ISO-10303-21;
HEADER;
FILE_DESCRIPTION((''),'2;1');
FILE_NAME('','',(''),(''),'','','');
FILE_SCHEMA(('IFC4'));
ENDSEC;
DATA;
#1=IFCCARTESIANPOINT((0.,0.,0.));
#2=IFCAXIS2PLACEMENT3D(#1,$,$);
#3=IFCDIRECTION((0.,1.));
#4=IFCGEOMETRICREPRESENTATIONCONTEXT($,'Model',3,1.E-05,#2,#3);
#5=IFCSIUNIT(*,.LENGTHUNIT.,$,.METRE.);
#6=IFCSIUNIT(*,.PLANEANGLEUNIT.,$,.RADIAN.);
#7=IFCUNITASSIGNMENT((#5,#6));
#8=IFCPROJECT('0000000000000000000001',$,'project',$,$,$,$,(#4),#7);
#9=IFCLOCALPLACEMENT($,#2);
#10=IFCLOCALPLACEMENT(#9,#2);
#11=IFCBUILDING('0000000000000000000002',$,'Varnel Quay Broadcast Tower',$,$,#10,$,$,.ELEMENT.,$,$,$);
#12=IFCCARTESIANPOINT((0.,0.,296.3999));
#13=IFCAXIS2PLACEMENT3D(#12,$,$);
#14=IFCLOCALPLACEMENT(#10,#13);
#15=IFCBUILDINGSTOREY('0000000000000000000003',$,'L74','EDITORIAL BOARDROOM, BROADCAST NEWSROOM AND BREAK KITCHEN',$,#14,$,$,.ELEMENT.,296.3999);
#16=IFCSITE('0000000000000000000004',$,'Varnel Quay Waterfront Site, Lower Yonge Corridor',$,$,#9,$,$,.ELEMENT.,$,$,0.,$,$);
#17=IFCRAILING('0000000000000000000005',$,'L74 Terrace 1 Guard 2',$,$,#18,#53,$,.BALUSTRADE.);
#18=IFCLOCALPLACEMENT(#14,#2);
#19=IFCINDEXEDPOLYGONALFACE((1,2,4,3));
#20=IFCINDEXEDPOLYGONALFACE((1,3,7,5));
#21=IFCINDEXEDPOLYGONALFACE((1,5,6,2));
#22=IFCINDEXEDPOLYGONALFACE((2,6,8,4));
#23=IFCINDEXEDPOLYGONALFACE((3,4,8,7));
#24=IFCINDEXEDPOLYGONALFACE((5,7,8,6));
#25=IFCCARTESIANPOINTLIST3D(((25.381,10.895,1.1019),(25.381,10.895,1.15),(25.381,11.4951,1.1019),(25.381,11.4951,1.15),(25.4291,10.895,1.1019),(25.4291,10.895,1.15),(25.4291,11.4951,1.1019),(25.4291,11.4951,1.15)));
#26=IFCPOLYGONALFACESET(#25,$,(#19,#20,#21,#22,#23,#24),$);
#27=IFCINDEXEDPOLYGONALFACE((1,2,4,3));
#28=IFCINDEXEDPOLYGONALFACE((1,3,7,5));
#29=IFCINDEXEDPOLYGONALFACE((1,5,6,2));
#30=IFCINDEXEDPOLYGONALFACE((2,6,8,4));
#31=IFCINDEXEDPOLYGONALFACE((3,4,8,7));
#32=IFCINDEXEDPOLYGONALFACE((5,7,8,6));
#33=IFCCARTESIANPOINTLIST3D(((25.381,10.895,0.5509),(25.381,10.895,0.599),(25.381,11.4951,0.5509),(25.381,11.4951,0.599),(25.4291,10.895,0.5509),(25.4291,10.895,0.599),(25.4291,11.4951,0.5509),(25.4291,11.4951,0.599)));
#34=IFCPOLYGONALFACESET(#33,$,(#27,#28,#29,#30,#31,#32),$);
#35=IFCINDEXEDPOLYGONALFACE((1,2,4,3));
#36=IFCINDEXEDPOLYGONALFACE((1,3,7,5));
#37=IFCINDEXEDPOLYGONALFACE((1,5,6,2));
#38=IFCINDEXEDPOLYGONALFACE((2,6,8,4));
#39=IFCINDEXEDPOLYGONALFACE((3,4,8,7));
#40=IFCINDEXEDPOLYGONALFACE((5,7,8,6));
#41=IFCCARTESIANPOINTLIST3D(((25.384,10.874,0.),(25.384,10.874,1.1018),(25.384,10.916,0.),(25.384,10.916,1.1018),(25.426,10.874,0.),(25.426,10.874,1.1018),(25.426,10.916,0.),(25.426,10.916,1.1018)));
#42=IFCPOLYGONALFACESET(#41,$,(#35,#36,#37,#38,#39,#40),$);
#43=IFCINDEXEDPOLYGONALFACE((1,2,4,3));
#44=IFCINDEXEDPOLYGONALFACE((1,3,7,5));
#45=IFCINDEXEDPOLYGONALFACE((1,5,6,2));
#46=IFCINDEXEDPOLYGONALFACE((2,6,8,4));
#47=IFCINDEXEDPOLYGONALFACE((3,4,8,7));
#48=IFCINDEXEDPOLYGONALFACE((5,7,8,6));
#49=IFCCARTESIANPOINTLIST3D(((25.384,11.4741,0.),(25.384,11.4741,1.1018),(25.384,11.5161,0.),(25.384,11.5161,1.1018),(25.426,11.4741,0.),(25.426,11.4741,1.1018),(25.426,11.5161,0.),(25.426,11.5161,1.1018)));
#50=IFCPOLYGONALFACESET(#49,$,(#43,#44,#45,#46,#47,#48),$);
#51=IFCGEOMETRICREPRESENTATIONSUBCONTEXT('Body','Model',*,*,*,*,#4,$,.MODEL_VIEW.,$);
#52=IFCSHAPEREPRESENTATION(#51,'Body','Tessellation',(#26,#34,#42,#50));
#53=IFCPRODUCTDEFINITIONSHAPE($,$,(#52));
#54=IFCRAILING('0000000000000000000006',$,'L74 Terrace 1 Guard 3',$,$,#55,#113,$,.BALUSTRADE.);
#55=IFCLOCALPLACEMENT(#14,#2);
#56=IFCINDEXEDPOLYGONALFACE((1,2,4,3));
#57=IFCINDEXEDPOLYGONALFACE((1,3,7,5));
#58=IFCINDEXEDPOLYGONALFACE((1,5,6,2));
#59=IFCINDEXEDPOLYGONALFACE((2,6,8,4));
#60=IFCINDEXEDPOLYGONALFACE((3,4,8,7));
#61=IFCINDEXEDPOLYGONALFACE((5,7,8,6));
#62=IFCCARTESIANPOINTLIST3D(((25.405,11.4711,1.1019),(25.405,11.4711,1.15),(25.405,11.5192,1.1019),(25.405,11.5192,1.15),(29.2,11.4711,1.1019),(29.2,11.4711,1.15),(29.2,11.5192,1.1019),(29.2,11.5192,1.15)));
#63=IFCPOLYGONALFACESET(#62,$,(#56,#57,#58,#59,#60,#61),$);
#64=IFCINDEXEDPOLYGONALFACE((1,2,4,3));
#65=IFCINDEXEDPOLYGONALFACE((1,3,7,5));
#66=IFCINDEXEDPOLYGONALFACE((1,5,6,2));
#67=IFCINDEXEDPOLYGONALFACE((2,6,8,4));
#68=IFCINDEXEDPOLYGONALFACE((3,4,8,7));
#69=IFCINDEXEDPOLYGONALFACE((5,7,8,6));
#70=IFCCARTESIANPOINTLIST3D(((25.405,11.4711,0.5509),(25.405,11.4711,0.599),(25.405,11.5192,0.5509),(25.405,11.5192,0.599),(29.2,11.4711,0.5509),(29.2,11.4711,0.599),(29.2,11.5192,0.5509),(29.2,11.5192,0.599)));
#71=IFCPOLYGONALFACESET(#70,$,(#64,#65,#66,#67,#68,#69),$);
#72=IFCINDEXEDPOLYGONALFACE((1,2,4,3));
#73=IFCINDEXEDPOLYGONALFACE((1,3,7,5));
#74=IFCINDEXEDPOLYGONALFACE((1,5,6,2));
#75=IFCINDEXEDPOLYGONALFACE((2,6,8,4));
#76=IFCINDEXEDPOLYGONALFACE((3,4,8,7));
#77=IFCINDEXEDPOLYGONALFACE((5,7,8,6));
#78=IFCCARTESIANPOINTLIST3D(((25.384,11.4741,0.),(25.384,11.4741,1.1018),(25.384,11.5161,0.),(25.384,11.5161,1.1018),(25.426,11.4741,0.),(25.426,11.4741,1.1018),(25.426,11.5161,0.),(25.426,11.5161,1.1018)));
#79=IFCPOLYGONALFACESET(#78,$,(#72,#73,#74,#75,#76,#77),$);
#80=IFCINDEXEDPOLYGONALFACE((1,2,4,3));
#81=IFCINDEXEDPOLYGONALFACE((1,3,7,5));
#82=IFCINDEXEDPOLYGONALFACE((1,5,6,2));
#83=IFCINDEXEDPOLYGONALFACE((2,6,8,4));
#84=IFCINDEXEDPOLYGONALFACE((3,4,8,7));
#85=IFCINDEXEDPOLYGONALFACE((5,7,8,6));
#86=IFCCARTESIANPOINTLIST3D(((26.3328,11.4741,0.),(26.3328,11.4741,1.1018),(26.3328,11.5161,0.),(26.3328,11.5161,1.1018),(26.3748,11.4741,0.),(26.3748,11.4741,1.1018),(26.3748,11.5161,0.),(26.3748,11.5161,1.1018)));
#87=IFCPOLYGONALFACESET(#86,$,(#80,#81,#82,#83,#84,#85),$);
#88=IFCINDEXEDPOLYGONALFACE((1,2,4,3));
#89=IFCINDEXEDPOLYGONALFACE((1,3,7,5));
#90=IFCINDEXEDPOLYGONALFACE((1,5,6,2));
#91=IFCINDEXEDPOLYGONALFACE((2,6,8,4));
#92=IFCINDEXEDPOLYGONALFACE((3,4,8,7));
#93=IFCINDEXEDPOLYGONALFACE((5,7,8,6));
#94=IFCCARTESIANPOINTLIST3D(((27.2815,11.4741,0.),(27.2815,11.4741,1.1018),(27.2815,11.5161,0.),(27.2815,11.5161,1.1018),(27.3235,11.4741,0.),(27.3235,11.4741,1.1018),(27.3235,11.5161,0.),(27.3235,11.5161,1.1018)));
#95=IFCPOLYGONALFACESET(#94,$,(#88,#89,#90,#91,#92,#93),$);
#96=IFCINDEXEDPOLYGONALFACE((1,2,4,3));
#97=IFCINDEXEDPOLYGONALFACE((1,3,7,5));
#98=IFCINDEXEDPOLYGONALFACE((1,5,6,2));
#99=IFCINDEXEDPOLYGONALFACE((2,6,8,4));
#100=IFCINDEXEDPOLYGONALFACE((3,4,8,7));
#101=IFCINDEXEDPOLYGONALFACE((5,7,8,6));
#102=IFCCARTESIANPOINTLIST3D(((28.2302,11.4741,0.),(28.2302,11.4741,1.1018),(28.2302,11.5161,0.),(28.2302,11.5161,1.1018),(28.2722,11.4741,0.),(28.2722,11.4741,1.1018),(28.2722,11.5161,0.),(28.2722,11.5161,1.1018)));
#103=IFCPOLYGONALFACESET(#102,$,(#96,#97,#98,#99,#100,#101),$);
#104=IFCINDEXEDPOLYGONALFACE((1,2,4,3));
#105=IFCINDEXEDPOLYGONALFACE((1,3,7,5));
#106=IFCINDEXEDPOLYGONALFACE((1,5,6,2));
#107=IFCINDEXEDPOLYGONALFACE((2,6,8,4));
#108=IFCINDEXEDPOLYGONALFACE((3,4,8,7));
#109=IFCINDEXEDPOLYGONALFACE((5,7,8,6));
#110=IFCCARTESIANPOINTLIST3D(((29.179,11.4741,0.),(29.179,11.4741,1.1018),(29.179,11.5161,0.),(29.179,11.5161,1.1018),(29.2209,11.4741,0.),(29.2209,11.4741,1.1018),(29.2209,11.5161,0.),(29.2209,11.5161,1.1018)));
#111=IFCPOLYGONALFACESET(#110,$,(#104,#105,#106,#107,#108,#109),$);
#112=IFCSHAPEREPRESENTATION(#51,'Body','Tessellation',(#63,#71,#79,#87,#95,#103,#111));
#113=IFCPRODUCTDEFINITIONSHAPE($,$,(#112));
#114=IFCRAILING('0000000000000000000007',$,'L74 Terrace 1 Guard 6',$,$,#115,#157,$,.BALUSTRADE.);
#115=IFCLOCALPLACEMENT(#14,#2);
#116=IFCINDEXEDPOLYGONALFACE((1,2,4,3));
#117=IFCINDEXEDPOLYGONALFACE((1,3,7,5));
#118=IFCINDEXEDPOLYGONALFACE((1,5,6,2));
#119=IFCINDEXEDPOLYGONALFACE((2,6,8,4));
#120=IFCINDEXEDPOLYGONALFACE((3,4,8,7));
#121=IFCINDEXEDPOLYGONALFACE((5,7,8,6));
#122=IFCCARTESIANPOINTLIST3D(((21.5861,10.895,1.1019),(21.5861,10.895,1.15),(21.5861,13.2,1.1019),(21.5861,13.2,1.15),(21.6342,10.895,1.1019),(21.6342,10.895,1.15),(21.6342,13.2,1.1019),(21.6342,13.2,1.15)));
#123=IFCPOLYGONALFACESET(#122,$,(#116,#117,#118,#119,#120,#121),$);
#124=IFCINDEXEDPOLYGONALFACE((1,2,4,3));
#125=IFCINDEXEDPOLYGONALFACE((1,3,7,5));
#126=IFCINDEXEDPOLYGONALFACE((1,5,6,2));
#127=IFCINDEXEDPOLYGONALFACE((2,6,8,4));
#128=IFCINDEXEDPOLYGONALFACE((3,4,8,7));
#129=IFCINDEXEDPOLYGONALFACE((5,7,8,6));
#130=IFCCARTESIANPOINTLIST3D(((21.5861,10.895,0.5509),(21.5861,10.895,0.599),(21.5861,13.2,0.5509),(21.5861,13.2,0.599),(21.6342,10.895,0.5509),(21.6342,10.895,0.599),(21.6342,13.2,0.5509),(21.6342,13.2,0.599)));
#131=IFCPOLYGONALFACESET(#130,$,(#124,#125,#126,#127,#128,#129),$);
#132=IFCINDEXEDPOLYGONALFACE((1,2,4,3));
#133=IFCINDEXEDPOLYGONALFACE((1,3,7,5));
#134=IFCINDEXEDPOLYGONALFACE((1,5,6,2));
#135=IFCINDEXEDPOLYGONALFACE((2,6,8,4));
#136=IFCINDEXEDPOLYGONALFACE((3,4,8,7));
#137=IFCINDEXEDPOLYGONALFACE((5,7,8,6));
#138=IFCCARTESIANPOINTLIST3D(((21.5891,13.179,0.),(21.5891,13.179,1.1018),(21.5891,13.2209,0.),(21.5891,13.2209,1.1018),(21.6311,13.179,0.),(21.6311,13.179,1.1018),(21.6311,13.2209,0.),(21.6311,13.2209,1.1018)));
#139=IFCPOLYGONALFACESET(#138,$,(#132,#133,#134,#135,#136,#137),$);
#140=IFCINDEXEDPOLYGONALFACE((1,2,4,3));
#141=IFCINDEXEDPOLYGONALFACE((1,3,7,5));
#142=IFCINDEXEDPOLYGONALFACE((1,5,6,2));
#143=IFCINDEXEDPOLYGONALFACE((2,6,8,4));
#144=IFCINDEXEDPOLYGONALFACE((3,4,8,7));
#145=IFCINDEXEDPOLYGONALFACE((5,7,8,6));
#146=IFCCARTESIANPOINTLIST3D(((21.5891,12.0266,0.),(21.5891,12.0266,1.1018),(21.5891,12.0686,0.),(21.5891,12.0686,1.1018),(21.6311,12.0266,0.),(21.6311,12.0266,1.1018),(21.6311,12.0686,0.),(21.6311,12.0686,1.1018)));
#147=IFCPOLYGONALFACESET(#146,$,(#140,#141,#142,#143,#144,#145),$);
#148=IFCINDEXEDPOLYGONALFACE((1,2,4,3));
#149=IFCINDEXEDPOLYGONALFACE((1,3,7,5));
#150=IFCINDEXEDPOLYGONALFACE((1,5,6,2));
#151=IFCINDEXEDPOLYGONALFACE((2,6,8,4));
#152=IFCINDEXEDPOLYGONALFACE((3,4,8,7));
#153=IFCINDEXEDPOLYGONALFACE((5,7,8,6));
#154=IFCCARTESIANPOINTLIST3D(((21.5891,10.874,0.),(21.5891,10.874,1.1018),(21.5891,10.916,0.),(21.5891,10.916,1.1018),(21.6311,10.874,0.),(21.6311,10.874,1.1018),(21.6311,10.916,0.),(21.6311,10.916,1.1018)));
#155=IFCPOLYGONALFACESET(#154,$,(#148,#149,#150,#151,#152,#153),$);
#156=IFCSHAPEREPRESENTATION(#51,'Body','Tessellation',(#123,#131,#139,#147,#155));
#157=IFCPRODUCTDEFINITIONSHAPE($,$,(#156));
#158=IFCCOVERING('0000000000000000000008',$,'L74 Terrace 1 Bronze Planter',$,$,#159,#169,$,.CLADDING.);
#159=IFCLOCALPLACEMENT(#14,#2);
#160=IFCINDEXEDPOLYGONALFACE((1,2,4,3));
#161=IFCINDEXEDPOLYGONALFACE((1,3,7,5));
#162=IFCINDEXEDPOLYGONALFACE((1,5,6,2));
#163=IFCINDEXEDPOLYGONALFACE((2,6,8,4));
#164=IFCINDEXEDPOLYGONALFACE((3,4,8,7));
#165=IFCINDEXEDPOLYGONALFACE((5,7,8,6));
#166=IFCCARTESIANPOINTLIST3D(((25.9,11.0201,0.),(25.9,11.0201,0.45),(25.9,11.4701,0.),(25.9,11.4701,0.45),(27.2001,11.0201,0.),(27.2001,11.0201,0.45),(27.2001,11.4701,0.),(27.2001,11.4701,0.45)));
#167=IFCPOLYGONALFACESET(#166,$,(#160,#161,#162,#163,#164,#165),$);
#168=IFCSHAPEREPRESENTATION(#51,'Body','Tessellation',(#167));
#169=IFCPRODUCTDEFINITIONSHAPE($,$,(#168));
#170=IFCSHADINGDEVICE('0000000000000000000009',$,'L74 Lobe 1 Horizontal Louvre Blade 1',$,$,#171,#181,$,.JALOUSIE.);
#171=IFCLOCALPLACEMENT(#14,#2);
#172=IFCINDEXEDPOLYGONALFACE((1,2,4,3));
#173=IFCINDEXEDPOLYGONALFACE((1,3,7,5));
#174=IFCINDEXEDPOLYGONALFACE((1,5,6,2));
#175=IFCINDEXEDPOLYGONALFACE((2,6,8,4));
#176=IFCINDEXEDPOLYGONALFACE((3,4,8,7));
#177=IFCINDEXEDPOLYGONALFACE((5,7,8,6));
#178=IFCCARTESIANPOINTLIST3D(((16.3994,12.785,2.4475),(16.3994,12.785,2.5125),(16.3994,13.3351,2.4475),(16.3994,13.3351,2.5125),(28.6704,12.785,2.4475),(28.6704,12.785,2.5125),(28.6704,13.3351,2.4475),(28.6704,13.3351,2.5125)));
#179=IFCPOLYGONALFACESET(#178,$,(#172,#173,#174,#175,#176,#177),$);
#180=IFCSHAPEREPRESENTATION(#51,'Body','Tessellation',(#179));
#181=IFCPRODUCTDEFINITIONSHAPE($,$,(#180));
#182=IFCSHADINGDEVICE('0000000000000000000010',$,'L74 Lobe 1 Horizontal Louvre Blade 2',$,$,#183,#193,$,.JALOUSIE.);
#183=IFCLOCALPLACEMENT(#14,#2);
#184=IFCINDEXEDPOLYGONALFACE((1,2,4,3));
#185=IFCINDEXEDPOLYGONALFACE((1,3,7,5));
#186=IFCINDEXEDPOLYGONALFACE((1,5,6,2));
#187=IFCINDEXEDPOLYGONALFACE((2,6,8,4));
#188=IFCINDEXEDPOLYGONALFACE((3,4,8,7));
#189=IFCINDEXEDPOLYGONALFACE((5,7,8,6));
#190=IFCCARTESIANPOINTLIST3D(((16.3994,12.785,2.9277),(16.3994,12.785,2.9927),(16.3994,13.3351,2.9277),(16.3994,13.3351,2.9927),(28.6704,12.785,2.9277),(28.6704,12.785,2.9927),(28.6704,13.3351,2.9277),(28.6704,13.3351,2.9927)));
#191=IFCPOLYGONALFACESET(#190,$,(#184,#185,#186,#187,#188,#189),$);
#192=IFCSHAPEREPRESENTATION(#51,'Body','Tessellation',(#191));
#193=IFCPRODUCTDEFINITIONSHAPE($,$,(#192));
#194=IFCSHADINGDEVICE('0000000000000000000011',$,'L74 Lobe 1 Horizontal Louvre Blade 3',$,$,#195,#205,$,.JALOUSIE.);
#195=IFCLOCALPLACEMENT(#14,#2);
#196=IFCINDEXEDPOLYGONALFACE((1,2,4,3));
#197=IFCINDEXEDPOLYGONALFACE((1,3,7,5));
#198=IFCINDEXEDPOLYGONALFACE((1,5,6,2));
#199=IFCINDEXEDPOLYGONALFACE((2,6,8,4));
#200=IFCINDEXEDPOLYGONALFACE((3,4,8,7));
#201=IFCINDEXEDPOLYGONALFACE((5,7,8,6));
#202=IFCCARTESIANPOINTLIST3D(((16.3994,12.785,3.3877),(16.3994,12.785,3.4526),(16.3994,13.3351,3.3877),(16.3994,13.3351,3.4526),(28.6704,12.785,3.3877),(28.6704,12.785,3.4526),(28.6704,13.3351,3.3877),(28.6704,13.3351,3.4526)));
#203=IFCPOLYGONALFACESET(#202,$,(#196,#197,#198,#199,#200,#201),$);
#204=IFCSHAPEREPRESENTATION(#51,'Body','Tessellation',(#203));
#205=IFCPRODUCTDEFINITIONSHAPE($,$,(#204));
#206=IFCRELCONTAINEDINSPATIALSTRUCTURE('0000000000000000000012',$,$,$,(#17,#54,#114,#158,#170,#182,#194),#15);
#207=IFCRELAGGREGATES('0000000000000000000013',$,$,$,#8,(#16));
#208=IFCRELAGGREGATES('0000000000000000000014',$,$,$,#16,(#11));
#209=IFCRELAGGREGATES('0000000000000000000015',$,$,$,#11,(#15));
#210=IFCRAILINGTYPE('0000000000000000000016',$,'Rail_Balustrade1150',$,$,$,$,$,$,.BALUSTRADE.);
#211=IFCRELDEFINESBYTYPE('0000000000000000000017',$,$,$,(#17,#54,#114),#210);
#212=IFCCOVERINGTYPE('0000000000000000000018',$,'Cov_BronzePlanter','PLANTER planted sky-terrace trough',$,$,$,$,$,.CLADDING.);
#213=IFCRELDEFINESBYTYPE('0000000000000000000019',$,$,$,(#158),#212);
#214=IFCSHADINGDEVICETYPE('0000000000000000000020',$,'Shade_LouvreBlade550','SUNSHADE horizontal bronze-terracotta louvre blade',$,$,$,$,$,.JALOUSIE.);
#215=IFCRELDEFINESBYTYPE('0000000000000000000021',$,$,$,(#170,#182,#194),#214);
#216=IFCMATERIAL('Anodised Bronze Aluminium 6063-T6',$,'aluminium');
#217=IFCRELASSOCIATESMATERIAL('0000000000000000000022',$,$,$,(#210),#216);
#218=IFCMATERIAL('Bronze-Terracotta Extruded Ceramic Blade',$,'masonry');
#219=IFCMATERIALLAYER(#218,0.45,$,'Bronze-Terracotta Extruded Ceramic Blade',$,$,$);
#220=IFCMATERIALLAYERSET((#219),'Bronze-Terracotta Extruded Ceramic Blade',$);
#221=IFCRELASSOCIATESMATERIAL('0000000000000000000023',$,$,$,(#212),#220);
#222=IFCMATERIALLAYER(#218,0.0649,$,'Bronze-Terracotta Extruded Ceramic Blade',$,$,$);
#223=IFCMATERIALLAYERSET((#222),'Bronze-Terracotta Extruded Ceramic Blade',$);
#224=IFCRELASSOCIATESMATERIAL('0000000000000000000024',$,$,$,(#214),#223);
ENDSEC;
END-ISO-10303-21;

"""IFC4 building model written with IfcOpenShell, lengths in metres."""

from ifc_helpers import new_model, si_unit, direction, frame, origin, origin_2d, place, context, subcontext, project, spatial, rectangle, extrude, source, transform, mapped, material, layer, layer_set, type_object, type_shapes, element, save


model = new_model("IFC4")

# Units and contexts
model_context = context("Model", 3, precision=1e-05, world=origin(), true_north=direction((0.0, 1.0)))
body_context = subcontext(model_context, "Body", "Model", "MODEL_VIEW")
ifc_project = project(units=[si_unit("LENGTHUNIT", "METRE"), si_unit("PLANEANGLEUNIT", "RADIAN")], contexts=[model_context])

# Site, building, storey
site_placement = place(None, origin())
site = spatial("IfcSite", under=ifc_project, at=site_placement, Name="Varnel Quay Waterfront Site, Lower Yonge Corridor", CompositionType="ELEMENT", RefElevation=0.0)
building_placement = place(site_placement, origin())
building = spatial("IfcBuilding", under=site, at=building_placement, Name="Varnel Quay Broadcast Tower", CompositionType="ELEMENT")
storey_placement = place(building_placement, frame((0.0, 0.0, 296.3999)))
storey = spatial("IfcBuildingStorey", under=building, at=storey_placement, Name="L74", Description="EDITORIAL BOARDROOM, BROADCAST NEWSROOM AND BREAK KITCHEN", CompositionType="ELEMENT", Elevation=296.3999)

# Shared definitions
ifc_material_1 = material(Name="Anodised Bronze Aluminium 6063-T6", Category="aluminium")

# Railings
railing_type = type_object("IfcRailingType", Name="Rail_Balustrade1150", PredefinedType="BALUSTRADE", material=ifc_material_1)
railing_1_placement = place(storey_placement, frame((25.405, 10.895, 0.0)))
element("IfcRailing", 1, at=railing_1_placement, inside=storey, type_object=railing_type, Name="L74 Terrace 1 Guard 2", PredefinedType="BALUSTRADE", context=body_context, shape_type="SweptSolid", body=[
    extrude(rectangle(XDim=0.0481, YDim=0.0481, at=origin_2d()), frame((0.0, 0.0, 1.126), z_axis=(0.0, 1.0, 0.0), x_axis=(-1.0, 0.0, 0.0)), (0.0, 0.0, 1.0), 0.6001),
    extrude(rectangle(XDim=0.0481, YDim=0.0481, at=origin_2d()), frame((0.0, 0.0, 0.575), z_axis=(0.0, 1.0, 0.0), x_axis=(-1.0, 0.0, 0.0)), (0.0, 0.0, 1.0), 0.6001),
    extrude(rectangle(XDim=0.042, YDim=0.042, at=origin_2d()), origin(), (0.0, 0.0, 1.0), 1.1018),
    extrude(rectangle(XDim=0.042, YDim=0.042, at=origin_2d()), frame((0.0, 0.6001, 0.0)), (0.0, 0.0, 1.0), 1.1018),
])
railing_2_placement = place(storey_placement, frame((25.405, 11.4951, 0.0)))
element("IfcRailing", 2, at=railing_2_placement, inside=storey, type_object=railing_type, Name="L74 Terrace 1 Guard 3", PredefinedType="BALUSTRADE", context=body_context, shape_type="SweptSolid", body=[
    extrude(rectangle(XDim=0.0481, YDim=0.0481, at=origin_2d()), frame((0.0, 0.0, 1.126), z_axis=(1.0, 0.0, 0.0), x_axis=(0.0, 1.0, 0.0)), (0.0, 0.0, 1.0), 3.7949),
    extrude(rectangle(XDim=0.0481, YDim=0.0481, at=origin_2d()), frame((0.0, 0.0, 0.575), z_axis=(1.0, 0.0, 0.0), x_axis=(0.0, 1.0, 0.0)), (0.0, 0.0, 1.0), 3.7949),
    extrude(rectangle(XDim=0.042, YDim=0.042, at=origin_2d()), origin(), (0.0, 0.0, 1.0), 1.1018),
    extrude(rectangle(XDim=0.042, YDim=0.042, at=origin_2d()), frame((0.9487, 0.0, 0.0)), (0.0, 0.0, 1.0), 1.1018),
    extrude(rectangle(XDim=0.042, YDim=0.042, at=origin_2d()), frame((1.8975, 0.0, 0.0)), (0.0, 0.0, 1.0), 1.1018),
    extrude(rectangle(XDim=0.042, YDim=0.042, at=origin_2d()), frame((2.8462, 0.0, 0.0)), (0.0, 0.0, 1.0), 1.1018),
    extrude(rectangle(XDim=0.042, YDim=0.042, at=origin_2d()), frame((3.7949, 0.0, 0.0)), (0.0, 0.0, 1.0), 1.1018),
])
railing_3_placement = place(storey_placement, frame((21.6101, 13.2, 0.0)))
element("IfcRailing", 3, at=railing_3_placement, inside=storey, type_object=railing_type, Name="L74 Terrace 1 Guard 6", PredefinedType="BALUSTRADE", context=body_context, shape_type="SweptSolid", body=[
    extrude(rectangle(XDim=0.0481, YDim=0.0481, at=origin_2d()), frame((0.0, 0.0, 1.126), z_axis=(0.0, -1.0, 0.0), x_axis=(1.0, 0.0, 0.0)), (0.0, 0.0, 1.0), 2.3049),
    extrude(rectangle(XDim=0.0481, YDim=0.0481, at=origin_2d()), frame((0.0, 0.0, 0.575), z_axis=(0.0, -1.0, 0.0), x_axis=(1.0, 0.0, 0.0)), (0.0, 0.0, 1.0), 2.3049),
    extrude(rectangle(XDim=0.042, YDim=0.042, at=origin_2d()), origin(), (0.0, 0.0, 1.0), 1.1018),
    extrude(rectangle(XDim=0.042, YDim=0.042, at=origin_2d()), frame((0.0, -1.1523, 0.0)), (0.0, 0.0, 1.0), 1.1018),
    extrude(rectangle(XDim=0.042, YDim=0.042, at=origin_2d()), frame((0.0, -2.3049, 0.0)), (0.0, 0.0, 1.0), 1.1018),
])

# Covering
ifc_material_2 = material(Name="Bronze-Terracotta Extruded Ceramic Blade", Category="masonry")
ifc_layer_1 = layer(ifc_material_2, 0.45, Name="Bronze-Terracotta Extruded Ceramic Blade")
ifc_layer_set_1 = layer_set([ifc_layer_1], Name="Bronze-Terracotta Extruded Ceramic Blade")
covering_type = type_object("IfcCoveringType", Name="Cov_BronzePlanter", Description="PLANTER planted sky-terrace trough", PredefinedType="CLADDING", material=ifc_layer_set_1)
shared_shape_1 = source(origin(), body_context, "Body", "SweptSolid", [
    extrude(rectangle(XDim=1.3, YDim=0.45, at=origin_2d()), origin(), (0.0, 0.0, 1.0), 0.45),
])
type_shapes(covering_type, [shared_shape_1])
covering_placement = place(storey_placement, frame((26.55, 11.2451, 0.0), z_axis=(0.0, 0.0, 1.0), x_axis=(1.0, 0.0, 0.0)))
element("IfcCovering", 4, at=covering_placement, inside=storey, type_object=covering_type, Name="L74 Terrace 1 Bronze Planter", PredefinedType="CLADDING", context=body_context, shape_type="MappedRepresentation", body=[
    mapped(shared_shape_1, transform((0.0, 0.0, 0.0), x_axis=(1.0, 0.0, 0.0), y_axis=(0.0, 1.0, 0.0), z_axis=(0.0, 0.0, 1.0), scale=1.0)),
])

# Shading devices
ifc_layer_2 = layer(ifc_material_2, 0.0649, Name="Bronze-Terracotta Extruded Ceramic Blade")
ifc_layer_set_2 = layer_set([ifc_layer_2], Name="Bronze-Terracotta Extruded Ceramic Blade")
shading_device_type = type_object("IfcShadingDeviceType", Name="Shade_LouvreBlade550", Description="SUNSHADE horizontal bronze-terracotta louvre blade", PredefinedType="JALOUSIE", material=ifc_layer_set_2)
shared_shape_2 = source(origin(), body_context, "Body", "SweptSolid", [
    extrude(rectangle(XDim=12.271, YDim=0.55, at=origin_2d()), origin(), (0.0, 0.0, 1.0), 0.0649),
])
type_shapes(shading_device_type, [shared_shape_2])
for number, where, z_axis, x_axis, name in (
    (5, (22.5349, 13.0601, 2.4475), (0.0, 0.0, 1.0), (1.0, 0.0, 0.0), "L74 Lobe 1 Horizontal Louvre Blade 1"),
    (6, (22.5349, 13.0601, 2.9277), (0.0, 0.0, 1.0), (1.0, 0.0, 0.0), "L74 Lobe 1 Horizontal Louvre Blade 2"),
    (7, (22.5349, 13.0601, 3.3877), (0.0, 0.0, 1.0), (1.0, 0.0, 0.0), "L74 Lobe 1 Horizontal Louvre Blade 3"),
):
    element("IfcShadingDevice", number, at=place(storey_placement, frame(where, z_axis=z_axis, x_axis=x_axis)), inside=storey, type_object=shading_device_type, Name=name, PredefinedType="JALOUSIE", context=body_context, shape_type="MappedRepresentation", body=[
        mapped(shared_shape_2, transform((0.0, 0.0, 0.0), x_axis=(1.0, 0.0, 0.0), y_axis=(0.0, 1.0, 0.0), z_axis=(0.0, 0.0, 1.0), scale=1.0)),
    ])

save(model, "model.ifc")
